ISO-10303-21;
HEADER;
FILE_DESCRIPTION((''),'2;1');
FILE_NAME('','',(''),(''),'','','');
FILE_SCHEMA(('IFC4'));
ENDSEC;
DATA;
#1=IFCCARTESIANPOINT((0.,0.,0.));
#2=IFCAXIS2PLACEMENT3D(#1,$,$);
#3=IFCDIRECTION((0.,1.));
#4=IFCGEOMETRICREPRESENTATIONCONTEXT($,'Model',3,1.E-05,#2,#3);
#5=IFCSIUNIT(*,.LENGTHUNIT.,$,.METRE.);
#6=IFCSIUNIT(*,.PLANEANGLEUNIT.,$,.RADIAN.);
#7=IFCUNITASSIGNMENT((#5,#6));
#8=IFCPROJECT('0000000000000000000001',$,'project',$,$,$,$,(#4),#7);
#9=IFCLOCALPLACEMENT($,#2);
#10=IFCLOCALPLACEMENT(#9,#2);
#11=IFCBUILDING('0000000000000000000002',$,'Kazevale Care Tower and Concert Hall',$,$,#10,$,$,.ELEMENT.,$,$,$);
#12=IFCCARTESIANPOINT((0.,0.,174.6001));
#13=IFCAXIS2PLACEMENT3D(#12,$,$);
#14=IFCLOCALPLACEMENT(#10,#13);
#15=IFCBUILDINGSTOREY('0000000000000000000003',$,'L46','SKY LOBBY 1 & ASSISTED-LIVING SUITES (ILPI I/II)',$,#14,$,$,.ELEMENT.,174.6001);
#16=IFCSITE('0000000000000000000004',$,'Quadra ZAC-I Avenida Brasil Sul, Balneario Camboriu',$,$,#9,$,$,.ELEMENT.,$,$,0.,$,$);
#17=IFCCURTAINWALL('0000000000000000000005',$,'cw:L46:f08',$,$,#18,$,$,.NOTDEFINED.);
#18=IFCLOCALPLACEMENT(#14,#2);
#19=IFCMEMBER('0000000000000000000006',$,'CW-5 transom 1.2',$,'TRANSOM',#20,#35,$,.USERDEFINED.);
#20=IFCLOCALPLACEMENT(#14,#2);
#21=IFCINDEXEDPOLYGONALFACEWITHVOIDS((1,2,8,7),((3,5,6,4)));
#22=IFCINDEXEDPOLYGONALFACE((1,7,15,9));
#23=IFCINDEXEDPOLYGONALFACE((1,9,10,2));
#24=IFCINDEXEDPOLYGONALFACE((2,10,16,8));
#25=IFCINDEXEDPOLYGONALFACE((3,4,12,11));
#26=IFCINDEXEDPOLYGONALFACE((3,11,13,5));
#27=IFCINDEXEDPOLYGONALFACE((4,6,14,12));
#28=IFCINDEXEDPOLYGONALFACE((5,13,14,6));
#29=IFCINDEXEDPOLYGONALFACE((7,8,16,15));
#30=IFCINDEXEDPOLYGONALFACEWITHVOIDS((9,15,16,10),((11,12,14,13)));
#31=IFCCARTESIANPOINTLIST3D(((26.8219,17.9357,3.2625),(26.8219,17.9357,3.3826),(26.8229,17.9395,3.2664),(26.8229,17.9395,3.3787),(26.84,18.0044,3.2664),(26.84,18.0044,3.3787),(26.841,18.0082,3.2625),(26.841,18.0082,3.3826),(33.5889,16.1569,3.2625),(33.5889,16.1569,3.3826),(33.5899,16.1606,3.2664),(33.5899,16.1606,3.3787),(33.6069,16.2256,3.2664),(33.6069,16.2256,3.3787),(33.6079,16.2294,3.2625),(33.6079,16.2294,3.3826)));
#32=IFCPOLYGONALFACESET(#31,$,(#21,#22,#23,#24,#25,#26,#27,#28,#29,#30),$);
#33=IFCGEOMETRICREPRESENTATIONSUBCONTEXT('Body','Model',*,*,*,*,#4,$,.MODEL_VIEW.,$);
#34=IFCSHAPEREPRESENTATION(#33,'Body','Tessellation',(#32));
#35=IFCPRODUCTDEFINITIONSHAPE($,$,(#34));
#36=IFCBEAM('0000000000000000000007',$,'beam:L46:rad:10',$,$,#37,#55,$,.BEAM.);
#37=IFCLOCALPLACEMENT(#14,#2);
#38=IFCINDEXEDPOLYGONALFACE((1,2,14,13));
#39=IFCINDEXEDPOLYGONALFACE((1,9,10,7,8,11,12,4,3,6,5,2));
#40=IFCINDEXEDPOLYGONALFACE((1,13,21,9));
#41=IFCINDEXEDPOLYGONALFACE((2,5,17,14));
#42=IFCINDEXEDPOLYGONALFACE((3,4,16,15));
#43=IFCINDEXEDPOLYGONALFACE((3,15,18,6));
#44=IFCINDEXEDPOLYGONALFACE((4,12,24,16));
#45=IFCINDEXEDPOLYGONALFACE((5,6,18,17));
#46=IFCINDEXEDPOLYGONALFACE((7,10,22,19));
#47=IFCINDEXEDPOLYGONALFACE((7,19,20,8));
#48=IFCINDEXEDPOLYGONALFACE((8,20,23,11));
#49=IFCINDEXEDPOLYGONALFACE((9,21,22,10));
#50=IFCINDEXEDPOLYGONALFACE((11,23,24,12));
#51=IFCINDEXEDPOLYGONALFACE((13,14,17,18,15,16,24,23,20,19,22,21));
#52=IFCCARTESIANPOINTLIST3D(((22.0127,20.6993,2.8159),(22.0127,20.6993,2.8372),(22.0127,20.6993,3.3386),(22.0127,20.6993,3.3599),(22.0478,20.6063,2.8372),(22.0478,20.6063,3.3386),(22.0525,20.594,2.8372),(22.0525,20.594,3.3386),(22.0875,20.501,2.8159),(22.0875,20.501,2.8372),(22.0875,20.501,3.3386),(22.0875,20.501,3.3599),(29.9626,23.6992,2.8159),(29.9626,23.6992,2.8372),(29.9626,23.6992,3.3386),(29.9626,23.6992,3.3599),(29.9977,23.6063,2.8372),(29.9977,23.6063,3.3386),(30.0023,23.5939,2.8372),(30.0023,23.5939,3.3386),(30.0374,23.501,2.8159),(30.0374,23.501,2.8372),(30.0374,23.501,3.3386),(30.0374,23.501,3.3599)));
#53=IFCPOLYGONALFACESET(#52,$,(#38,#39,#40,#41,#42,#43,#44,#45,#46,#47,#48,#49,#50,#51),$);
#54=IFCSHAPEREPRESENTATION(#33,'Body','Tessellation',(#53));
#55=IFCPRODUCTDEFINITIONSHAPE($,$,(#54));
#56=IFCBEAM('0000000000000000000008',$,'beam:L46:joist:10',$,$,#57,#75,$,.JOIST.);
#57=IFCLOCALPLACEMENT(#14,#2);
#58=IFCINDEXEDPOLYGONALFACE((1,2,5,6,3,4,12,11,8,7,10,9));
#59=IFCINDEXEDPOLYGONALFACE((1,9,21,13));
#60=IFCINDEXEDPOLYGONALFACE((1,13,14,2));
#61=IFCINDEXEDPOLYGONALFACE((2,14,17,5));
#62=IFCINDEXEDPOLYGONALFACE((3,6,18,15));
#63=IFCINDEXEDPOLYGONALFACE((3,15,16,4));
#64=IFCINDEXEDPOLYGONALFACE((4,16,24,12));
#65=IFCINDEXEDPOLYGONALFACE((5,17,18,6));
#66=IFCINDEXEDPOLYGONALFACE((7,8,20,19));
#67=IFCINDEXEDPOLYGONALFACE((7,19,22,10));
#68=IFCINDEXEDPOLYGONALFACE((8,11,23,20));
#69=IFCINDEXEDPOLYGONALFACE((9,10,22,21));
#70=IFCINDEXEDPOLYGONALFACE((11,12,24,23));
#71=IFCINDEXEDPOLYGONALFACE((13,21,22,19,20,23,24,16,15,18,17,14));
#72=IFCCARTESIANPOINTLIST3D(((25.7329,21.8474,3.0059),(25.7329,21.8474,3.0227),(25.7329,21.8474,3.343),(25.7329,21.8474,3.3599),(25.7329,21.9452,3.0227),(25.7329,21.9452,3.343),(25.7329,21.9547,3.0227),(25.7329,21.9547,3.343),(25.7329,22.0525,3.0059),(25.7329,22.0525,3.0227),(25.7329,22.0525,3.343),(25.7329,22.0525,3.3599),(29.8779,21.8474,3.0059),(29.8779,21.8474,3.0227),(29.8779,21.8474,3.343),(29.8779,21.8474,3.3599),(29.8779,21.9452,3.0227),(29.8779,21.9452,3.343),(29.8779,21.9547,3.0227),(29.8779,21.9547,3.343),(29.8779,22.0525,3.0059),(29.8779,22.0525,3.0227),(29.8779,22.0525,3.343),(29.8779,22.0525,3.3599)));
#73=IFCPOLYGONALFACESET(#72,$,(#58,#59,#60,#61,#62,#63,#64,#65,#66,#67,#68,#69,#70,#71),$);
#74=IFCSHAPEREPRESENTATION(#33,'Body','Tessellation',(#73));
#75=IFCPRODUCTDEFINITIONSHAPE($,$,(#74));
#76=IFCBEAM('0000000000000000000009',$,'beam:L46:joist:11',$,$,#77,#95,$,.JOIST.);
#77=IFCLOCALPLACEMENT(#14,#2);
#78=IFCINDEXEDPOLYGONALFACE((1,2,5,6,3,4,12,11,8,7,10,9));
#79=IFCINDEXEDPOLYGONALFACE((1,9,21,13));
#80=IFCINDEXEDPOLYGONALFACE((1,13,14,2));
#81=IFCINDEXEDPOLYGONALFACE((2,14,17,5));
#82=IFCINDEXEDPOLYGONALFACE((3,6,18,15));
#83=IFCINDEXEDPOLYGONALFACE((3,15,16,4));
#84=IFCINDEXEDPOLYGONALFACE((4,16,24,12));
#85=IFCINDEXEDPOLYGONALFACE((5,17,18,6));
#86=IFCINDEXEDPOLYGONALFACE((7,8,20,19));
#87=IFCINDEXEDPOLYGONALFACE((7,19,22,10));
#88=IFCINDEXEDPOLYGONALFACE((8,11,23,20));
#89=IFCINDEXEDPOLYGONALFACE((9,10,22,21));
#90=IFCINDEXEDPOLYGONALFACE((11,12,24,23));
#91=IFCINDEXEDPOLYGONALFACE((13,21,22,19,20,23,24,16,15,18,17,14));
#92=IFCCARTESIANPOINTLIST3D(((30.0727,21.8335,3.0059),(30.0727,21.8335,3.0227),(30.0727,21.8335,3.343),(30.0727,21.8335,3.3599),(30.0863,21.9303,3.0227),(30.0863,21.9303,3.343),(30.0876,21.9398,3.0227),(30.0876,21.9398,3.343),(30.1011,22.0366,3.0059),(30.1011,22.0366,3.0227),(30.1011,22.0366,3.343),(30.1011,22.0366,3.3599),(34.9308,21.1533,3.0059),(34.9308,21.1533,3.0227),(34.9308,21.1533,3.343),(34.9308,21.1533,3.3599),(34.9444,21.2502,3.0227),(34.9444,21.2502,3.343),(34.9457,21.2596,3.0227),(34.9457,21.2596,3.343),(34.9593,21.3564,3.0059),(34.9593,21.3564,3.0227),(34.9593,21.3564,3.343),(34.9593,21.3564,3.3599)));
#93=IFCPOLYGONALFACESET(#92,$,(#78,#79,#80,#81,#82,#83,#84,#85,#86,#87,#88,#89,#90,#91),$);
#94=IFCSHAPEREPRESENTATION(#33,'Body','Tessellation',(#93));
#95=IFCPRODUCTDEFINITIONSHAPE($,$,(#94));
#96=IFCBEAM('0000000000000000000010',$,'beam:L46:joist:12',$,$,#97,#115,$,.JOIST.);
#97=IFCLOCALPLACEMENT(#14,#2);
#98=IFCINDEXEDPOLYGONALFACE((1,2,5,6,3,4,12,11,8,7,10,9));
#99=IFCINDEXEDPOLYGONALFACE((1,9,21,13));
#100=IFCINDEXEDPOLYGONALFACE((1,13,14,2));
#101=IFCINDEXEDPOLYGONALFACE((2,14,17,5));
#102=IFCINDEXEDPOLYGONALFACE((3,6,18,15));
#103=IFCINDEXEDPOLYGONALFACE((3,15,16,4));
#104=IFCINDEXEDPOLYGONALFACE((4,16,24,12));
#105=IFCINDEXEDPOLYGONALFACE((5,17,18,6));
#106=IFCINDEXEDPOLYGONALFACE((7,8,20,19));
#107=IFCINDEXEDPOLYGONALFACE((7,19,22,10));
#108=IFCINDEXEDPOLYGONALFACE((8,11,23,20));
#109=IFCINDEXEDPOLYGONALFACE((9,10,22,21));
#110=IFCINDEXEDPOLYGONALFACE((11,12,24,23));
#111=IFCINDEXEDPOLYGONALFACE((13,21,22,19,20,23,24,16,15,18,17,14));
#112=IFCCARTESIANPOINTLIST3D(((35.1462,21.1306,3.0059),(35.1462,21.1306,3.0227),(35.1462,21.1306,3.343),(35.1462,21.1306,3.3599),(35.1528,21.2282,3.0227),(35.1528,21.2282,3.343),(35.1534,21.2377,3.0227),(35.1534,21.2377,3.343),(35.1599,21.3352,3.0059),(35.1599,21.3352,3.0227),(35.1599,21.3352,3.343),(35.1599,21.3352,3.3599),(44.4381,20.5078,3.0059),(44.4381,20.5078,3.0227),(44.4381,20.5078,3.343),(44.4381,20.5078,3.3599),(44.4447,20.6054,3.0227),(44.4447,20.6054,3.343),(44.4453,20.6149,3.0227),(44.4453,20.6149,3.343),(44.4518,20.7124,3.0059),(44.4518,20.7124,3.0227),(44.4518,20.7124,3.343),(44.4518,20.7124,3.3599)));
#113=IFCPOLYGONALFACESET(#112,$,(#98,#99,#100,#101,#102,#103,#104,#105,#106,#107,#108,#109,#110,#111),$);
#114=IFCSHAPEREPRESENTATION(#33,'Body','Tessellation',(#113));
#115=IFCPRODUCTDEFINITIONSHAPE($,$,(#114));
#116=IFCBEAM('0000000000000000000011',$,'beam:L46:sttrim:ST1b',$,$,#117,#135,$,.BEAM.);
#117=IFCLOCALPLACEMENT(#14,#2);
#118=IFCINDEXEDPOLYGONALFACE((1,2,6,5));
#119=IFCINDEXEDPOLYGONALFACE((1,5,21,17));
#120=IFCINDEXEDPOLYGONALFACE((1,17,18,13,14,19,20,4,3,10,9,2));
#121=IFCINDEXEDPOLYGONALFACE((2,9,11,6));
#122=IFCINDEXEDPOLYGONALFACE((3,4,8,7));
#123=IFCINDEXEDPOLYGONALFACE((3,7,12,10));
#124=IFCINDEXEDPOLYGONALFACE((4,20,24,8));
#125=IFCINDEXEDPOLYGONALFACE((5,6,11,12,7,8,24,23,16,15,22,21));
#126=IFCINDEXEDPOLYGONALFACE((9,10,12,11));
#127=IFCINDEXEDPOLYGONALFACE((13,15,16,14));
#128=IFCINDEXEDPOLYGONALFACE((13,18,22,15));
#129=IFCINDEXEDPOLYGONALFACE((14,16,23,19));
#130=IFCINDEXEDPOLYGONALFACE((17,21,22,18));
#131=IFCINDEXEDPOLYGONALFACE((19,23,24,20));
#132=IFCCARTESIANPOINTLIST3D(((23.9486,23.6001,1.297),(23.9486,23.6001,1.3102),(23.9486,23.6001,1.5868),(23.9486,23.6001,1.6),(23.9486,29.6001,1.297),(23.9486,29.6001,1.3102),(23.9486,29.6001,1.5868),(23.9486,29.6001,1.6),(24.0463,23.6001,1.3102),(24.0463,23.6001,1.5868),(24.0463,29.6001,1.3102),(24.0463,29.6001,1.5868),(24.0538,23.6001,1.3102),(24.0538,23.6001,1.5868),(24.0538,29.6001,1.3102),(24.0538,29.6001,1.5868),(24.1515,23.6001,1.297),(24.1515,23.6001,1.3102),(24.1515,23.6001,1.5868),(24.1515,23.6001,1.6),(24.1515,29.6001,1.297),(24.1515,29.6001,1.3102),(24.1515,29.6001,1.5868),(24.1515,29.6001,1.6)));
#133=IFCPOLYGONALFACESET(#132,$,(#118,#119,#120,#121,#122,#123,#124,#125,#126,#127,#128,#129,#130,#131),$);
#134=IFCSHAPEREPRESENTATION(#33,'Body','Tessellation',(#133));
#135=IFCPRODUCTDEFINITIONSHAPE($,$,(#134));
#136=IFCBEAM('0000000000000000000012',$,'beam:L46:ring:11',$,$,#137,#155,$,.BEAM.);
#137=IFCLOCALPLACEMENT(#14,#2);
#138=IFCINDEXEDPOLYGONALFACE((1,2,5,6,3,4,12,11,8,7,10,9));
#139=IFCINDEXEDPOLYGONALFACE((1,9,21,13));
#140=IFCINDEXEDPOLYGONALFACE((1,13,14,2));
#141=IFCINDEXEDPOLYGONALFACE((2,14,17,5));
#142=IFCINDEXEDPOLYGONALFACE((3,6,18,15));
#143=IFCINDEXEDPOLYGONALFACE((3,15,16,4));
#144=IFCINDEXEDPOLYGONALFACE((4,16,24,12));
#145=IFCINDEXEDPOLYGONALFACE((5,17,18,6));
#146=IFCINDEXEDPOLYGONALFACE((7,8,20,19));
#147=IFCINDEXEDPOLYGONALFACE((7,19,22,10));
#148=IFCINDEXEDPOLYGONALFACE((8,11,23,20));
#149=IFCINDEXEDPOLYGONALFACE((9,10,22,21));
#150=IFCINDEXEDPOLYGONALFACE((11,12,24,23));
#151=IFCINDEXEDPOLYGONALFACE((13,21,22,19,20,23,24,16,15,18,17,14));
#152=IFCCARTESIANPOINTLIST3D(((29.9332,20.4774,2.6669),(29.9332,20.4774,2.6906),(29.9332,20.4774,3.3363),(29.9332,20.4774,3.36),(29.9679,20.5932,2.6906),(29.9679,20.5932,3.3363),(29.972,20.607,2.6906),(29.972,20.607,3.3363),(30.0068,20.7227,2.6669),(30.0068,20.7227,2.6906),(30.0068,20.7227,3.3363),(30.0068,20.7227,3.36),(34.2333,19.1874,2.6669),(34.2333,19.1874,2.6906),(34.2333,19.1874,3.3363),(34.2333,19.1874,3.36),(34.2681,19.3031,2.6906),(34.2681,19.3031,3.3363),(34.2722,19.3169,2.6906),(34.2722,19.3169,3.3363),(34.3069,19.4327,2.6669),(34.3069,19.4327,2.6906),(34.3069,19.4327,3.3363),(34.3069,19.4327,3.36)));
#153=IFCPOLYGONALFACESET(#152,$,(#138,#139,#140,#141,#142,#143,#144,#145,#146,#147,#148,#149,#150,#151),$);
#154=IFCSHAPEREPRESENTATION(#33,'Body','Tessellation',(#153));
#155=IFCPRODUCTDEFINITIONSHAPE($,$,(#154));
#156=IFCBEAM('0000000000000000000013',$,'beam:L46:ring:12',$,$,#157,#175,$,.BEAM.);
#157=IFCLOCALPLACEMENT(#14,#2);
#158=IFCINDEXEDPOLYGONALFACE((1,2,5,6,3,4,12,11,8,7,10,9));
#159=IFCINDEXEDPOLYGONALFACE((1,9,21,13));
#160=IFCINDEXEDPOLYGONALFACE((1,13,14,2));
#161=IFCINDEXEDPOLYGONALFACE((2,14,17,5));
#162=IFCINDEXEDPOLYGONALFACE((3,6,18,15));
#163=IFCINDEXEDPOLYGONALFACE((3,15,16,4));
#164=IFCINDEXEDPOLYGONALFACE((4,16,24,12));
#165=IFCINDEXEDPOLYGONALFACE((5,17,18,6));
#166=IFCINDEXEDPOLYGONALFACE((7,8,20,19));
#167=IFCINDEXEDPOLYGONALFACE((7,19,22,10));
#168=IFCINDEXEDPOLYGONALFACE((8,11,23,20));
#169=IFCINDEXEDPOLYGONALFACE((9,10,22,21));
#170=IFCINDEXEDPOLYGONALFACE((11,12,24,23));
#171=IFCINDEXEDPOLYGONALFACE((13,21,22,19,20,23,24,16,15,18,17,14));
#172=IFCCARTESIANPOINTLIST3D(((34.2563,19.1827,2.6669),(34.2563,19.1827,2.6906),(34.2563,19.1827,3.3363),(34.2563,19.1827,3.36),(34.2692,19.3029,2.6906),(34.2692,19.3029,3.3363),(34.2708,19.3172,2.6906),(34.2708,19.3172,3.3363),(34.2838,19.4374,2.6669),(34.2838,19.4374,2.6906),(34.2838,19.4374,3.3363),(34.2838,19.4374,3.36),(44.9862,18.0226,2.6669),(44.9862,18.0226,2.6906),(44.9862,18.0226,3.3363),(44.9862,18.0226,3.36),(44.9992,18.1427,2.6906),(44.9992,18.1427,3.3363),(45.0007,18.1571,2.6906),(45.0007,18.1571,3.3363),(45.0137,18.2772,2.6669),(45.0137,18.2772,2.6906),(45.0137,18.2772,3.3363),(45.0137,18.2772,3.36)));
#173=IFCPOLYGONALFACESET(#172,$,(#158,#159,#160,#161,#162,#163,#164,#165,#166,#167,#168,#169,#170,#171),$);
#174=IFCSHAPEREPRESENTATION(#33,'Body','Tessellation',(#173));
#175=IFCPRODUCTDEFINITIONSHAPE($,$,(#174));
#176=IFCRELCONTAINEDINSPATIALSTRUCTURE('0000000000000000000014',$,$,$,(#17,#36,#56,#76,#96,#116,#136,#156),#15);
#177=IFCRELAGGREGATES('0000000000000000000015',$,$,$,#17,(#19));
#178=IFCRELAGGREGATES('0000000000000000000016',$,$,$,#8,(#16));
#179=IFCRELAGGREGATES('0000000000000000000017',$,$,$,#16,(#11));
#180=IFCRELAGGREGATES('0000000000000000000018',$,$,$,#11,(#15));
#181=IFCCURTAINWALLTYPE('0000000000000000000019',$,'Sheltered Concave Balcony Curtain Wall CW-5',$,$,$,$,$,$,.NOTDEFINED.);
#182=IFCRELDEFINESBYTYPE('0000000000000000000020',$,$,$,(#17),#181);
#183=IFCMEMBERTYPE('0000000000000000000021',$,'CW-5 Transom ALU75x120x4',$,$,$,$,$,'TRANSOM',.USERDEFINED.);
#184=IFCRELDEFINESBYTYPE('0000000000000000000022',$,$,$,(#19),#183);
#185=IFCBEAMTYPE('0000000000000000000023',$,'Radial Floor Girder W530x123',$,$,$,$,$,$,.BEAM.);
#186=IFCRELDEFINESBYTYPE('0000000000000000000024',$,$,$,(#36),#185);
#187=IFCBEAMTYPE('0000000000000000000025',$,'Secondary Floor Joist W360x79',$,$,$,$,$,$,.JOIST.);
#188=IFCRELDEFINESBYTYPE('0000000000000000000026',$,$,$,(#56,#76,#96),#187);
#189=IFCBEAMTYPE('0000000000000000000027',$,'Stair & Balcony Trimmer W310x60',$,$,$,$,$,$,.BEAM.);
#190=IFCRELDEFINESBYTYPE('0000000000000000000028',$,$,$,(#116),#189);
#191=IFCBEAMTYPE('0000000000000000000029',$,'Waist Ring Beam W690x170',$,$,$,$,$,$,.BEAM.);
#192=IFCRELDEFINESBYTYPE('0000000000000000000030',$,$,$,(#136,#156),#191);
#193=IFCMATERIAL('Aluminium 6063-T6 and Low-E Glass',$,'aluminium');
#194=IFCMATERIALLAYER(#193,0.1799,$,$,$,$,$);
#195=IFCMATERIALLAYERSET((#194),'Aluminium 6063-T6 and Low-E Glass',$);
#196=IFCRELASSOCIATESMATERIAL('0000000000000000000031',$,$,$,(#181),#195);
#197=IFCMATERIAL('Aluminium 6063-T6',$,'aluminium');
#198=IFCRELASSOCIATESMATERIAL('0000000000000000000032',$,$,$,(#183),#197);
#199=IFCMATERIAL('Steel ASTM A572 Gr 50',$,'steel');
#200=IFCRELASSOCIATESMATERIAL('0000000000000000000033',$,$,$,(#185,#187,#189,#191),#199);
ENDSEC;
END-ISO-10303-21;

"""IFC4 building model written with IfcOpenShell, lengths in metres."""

from ifc_helpers import new_model, si_unit, direction, frame, origin, origin_2d, place, context, subcontext, project, spatial, hollow_rectangle, i_section, extrude, material, layer, layer_set, material_profile, profile_set, type_object, element, aggregate, save


model = new_model("IFC4")

# Units and contexts
model_context = context("Model", 3, precision=1e-05, world=origin(), true_north=direction((0.0, 1.0)))
body_context = subcontext(model_context, "Body", "Model", "MODEL_VIEW")
ifc_project = project(units=[si_unit("LENGTHUNIT", "METRE"), si_unit("PLANEANGLEUNIT", "RADIAN")], contexts=[model_context])

# Site, building, storey
site_placement = place(None, origin())
site = spatial("IfcSite", under=ifc_project, at=site_placement, Name="Quadra ZAC-I Avenida Brasil Sul, Balneario Camboriu", CompositionType="ELEMENT", RefElevation=0.0)
building_placement = place(site_placement, origin())
building = spatial("IfcBuilding", under=site, at=building_placement, Name="Kazevale Care Tower and Concert Hall", CompositionType="ELEMENT")
storey_placement = place(building_placement, frame((0.0, 0.0, 174.6001)))
storey = spatial("IfcBuildingStorey", under=building, at=storey_placement, Name="L46", Description="SKY LOBBY 1 & ASSISTED-LIVING SUITES (ILPI I/II)", CompositionType="ELEMENT", Elevation=174.6001)

# Shared definitions
ifc_material_1 = material(Name="Aluminium 6063-T6 and Low-E Glass", Category="aluminium")
ifc_layer_1 = layer(ifc_material_1, 0.1799)
ifc_layer_set_1 = layer_set([ifc_layer_1], Name="Aluminium 6063-T6 and Low-E Glass")
curtain_wall_type = type_object("IfcCurtainWallType", Name="Sheltered Concave Balcony Curtain Wall CW-5", PredefinedType="NOTDEFINED", material=ifc_layer_set_1)
ifc_material_2 = material(Name="Aluminium 6063-T6", Category="aluminium")

# Curtain wall, member
curtain_wall_1_placement = place(storey_placement, origin())
curtain_wall_1 = element("IfcCurtainWall", 1, at=curtain_wall_1_placement, inside=storey, type_object=curtain_wall_type, Name="cw:L46:f08", PredefinedType="NOTDEFINED")
ifc_material_profile_1 = material_profile(ifc_material_2, hollow_rectangle(XDim=0.075, YDim=0.1201, WallThickness=0.0039, at=origin_2d()), Name="ALU75x120x4")
ifc_profile_set_1 = profile_set([ifc_material_profile_1], Name="Aluminium 6063-T6")
member_type_1 = type_object("IfcMemberType", Name="CW-5 Transom ALU75x120x4", ElementType="TRANSOM", PredefinedType="USERDEFINED", material=ifc_profile_set_1)
member_1_placement = place(storey_placement, frame((33.5984, 16.1931, 3.3225), z_axis=(-0.967143, 0.254234, 0.0), x_axis=(-0.254234, -0.967143, 0.0)))
member_1 = element("IfcMember", 2, at=member_1_placement, type_object=member_type_1, Name="CW-5 transom 1.2", ObjectType="TRANSOM", PredefinedType="USERDEFINED", context=body_context, shape_type="SweptSolid", body=[
    extrude(hollow_rectangle(XDim=0.075, YDim=0.1201, WallThickness=0.0039, at=origin_2d()), origin(), (0.0, 0.0, 1.0), 6.9968),
])

# Beams
ifc_material_3 = material(Name="Steel ASTM A572 Gr 50", Category="steel")
ifc_material_profile_2 = material_profile(ifc_material_3, i_section(OverallWidth=0.2119, OverallDepth=0.5439, WebThickness=0.0132, FlangeThickness=0.0212, at=origin_2d()), Name="W530x123")
ifc_profile_set_2 = profile_set([ifc_material_profile_2], Name="Steel ASTM A572 Gr 50")
beam_type_1 = type_object("IfcBeamType", Name="Radial Floor Girder W530x123", PredefinedType="BEAM", material=ifc_profile_set_2)
beam_1_placement = place(storey_placement, frame((30.0, 23.6001, 3.0879), z_axis=(-0.935601, -0.353059, 0.0), x_axis=(0.353059, -0.935601, 0.0)))
element("IfcBeam", 3, at=beam_1_placement, inside=storey, type_object=beam_type_1, Name="beam:L46:rad:10", PredefinedType="BEAM", context=body_context, shape_type="SweptSolid", body=[
    extrude(i_section(OverallWidth=0.2119, OverallDepth=0.5439, WebThickness=0.0132, FlangeThickness=0.0212, at=origin_2d()), origin(), (0.0, 0.0, 1.0), 8.4971),
])
ifc_material_profile_3 = material_profile(ifc_material_3, i_section(OverallWidth=0.2051, OverallDepth=0.354, WebThickness=0.0095, FlangeThickness=0.0168, at=origin_2d()), Name="W360x79")
ifc_profile_set_3 = profile_set([ifc_material_profile_3], Name="Steel ASTM A572 Gr 50")
beam_type_2 = type_object("IfcBeamType", Name="Secondary Floor Joist W360x79", PredefinedType="JOIST", material=ifc_profile_set_3)
beam_2_placement = place(storey_placement, frame((25.7329, 21.95, 3.1829), z_axis=(1.0, 0.0, 0.0), x_axis=(0.0, 1.0, 0.0)))
element("IfcBeam", 4, at=beam_2_placement, inside=storey, type_object=beam_type_2, Name="beam:L46:joist:10", PredefinedType="JOIST", context=body_context, shape_type="SweptSolid", body=[
    extrude(i_section(OverallWidth=0.2051, OverallDepth=0.354, WebThickness=0.0095, FlangeThickness=0.0168, at=origin_2d()), origin(), (0.0, 0.0, 1.0), 4.145),
])
beam_3_placement = place(storey_placement, frame((30.0869, 21.9351, 3.1829), z_axis=(0.990341, -0.138655, 0.0), x_axis=(0.138655, 0.990341, 0.0)))
element("IfcBeam", 5, at=beam_3_placement, inside=storey, type_object=beam_type_2, Name="beam:L46:joist:11", PredefinedType="JOIST", context=body_context, shape_type="SweptSolid", body=[
    extrude(i_section(OverallWidth=0.2051, OverallDepth=0.354, WebThickness=0.0095, FlangeThickness=0.0168, at=origin_2d()), origin(), (0.0, 0.0, 1.0), 4.9055),
])
beam_4_placement = place(storey_placement, frame((35.1531, 21.2329, 3.1829), z_axis=(0.997761, -0.066876, 0.0), x_axis=(0.066876, 0.997761, 0.0)))
element("IfcBeam", 6, at=beam_4_placement, inside=storey, type_object=beam_type_2, Name="beam:L46:joist:12", PredefinedType="JOIST", context=body_context, shape_type="SweptSolid", body=[
    extrude(i_section(OverallWidth=0.2051, OverallDepth=0.354, WebThickness=0.0095, FlangeThickness=0.0168, at=origin_2d()), origin(), (0.0, 0.0, 1.0), 9.3127),
])
ifc_material_profile_4 = material_profile(ifc_material_3, i_section(OverallWidth=0.2029, OverallDepth=0.303, WebThickness=0.0076, FlangeThickness=0.0132, at=origin_2d()), Name="W310x60")
ifc_profile_set_4 = profile_set([ifc_material_profile_4], Name="Steel ASTM A572 Gr 50")
beam_type_3 = type_object("IfcBeamType", Name="Stair & Balcony Trimmer W310x60", PredefinedType="BEAM", material=ifc_profile_set_4)
beam_5_placement = place(storey_placement, frame((24.05, 23.6001, 1.4485), z_axis=(0.0, 1.0, 0.0), x_axis=(-1.0, 0.0, 0.0)))
element("IfcBeam", 7, at=beam_5_placement, inside=storey, type_object=beam_type_3, Name="beam:L46:sttrim:ST1b", PredefinedType="BEAM", context=body_context, shape_type="SweptSolid", body=[
    extrude(i_section(OverallWidth=0.2029, OverallDepth=0.303, WebThickness=0.0076, FlangeThickness=0.0132, at=origin_2d()), origin(), (0.0, 0.0, 1.0), 6.0),
])
ifc_material_profile_5 = material_profile(ifc_material_3, i_section(OverallWidth=0.2561, OverallDepth=0.6931, WebThickness=0.0144, FlangeThickness=0.0237, at=origin_2d()), Name="W690x170")
ifc_profile_set_5 = profile_set([ifc_material_profile_5], Name="Steel ASTM A572 Gr 50")
beam_type_4 = type_object("IfcBeamType", Name="Waist Ring Beam W690x170", PredefinedType="BEAM", material=ifc_profile_set_5)
beam_6_placement = place(storey_placement, frame((29.97, 20.6001, 3.0134), z_axis=(0.957825, -0.287353, 0.0), x_axis=(0.287353, 0.957825, 0.0)))
element("IfcBeam", 8, at=beam_6_placement, inside=storey, type_object=beam_type_4, Name="beam:L46:ring:11", PredefinedType="BEAM", context=body_context, shape_type="SweptSolid", body=[
    extrude(i_section(OverallWidth=0.2561, OverallDepth=0.6931, WebThickness=0.0144, FlangeThickness=0.0237, at=origin_2d()), origin(), (0.0, 0.0, 1.0), 4.4895),
])
beam_7_placement = place(storey_placement, frame((34.27, 19.3101, 3.0134), z_axis=(0.994205, -0.107496, 0.0), x_axis=(0.107496, 0.994205, 0.0)))
element("IfcBeam", 9, at=beam_7_placement, inside=storey, type_object=beam_type_4, Name="beam:L46:ring:12", PredefinedType="BEAM", context=body_context, shape_type="SweptSolid", body=[
    extrude(i_section(OverallWidth=0.2561, OverallDepth=0.6931, WebThickness=0.0144, FlangeThickness=0.0237, at=origin_2d()), origin(), (0.0, 0.0, 1.0), 10.7925),
])

aggregate(curtain_wall_1, [member_1])

save(model, "model.ifc")
